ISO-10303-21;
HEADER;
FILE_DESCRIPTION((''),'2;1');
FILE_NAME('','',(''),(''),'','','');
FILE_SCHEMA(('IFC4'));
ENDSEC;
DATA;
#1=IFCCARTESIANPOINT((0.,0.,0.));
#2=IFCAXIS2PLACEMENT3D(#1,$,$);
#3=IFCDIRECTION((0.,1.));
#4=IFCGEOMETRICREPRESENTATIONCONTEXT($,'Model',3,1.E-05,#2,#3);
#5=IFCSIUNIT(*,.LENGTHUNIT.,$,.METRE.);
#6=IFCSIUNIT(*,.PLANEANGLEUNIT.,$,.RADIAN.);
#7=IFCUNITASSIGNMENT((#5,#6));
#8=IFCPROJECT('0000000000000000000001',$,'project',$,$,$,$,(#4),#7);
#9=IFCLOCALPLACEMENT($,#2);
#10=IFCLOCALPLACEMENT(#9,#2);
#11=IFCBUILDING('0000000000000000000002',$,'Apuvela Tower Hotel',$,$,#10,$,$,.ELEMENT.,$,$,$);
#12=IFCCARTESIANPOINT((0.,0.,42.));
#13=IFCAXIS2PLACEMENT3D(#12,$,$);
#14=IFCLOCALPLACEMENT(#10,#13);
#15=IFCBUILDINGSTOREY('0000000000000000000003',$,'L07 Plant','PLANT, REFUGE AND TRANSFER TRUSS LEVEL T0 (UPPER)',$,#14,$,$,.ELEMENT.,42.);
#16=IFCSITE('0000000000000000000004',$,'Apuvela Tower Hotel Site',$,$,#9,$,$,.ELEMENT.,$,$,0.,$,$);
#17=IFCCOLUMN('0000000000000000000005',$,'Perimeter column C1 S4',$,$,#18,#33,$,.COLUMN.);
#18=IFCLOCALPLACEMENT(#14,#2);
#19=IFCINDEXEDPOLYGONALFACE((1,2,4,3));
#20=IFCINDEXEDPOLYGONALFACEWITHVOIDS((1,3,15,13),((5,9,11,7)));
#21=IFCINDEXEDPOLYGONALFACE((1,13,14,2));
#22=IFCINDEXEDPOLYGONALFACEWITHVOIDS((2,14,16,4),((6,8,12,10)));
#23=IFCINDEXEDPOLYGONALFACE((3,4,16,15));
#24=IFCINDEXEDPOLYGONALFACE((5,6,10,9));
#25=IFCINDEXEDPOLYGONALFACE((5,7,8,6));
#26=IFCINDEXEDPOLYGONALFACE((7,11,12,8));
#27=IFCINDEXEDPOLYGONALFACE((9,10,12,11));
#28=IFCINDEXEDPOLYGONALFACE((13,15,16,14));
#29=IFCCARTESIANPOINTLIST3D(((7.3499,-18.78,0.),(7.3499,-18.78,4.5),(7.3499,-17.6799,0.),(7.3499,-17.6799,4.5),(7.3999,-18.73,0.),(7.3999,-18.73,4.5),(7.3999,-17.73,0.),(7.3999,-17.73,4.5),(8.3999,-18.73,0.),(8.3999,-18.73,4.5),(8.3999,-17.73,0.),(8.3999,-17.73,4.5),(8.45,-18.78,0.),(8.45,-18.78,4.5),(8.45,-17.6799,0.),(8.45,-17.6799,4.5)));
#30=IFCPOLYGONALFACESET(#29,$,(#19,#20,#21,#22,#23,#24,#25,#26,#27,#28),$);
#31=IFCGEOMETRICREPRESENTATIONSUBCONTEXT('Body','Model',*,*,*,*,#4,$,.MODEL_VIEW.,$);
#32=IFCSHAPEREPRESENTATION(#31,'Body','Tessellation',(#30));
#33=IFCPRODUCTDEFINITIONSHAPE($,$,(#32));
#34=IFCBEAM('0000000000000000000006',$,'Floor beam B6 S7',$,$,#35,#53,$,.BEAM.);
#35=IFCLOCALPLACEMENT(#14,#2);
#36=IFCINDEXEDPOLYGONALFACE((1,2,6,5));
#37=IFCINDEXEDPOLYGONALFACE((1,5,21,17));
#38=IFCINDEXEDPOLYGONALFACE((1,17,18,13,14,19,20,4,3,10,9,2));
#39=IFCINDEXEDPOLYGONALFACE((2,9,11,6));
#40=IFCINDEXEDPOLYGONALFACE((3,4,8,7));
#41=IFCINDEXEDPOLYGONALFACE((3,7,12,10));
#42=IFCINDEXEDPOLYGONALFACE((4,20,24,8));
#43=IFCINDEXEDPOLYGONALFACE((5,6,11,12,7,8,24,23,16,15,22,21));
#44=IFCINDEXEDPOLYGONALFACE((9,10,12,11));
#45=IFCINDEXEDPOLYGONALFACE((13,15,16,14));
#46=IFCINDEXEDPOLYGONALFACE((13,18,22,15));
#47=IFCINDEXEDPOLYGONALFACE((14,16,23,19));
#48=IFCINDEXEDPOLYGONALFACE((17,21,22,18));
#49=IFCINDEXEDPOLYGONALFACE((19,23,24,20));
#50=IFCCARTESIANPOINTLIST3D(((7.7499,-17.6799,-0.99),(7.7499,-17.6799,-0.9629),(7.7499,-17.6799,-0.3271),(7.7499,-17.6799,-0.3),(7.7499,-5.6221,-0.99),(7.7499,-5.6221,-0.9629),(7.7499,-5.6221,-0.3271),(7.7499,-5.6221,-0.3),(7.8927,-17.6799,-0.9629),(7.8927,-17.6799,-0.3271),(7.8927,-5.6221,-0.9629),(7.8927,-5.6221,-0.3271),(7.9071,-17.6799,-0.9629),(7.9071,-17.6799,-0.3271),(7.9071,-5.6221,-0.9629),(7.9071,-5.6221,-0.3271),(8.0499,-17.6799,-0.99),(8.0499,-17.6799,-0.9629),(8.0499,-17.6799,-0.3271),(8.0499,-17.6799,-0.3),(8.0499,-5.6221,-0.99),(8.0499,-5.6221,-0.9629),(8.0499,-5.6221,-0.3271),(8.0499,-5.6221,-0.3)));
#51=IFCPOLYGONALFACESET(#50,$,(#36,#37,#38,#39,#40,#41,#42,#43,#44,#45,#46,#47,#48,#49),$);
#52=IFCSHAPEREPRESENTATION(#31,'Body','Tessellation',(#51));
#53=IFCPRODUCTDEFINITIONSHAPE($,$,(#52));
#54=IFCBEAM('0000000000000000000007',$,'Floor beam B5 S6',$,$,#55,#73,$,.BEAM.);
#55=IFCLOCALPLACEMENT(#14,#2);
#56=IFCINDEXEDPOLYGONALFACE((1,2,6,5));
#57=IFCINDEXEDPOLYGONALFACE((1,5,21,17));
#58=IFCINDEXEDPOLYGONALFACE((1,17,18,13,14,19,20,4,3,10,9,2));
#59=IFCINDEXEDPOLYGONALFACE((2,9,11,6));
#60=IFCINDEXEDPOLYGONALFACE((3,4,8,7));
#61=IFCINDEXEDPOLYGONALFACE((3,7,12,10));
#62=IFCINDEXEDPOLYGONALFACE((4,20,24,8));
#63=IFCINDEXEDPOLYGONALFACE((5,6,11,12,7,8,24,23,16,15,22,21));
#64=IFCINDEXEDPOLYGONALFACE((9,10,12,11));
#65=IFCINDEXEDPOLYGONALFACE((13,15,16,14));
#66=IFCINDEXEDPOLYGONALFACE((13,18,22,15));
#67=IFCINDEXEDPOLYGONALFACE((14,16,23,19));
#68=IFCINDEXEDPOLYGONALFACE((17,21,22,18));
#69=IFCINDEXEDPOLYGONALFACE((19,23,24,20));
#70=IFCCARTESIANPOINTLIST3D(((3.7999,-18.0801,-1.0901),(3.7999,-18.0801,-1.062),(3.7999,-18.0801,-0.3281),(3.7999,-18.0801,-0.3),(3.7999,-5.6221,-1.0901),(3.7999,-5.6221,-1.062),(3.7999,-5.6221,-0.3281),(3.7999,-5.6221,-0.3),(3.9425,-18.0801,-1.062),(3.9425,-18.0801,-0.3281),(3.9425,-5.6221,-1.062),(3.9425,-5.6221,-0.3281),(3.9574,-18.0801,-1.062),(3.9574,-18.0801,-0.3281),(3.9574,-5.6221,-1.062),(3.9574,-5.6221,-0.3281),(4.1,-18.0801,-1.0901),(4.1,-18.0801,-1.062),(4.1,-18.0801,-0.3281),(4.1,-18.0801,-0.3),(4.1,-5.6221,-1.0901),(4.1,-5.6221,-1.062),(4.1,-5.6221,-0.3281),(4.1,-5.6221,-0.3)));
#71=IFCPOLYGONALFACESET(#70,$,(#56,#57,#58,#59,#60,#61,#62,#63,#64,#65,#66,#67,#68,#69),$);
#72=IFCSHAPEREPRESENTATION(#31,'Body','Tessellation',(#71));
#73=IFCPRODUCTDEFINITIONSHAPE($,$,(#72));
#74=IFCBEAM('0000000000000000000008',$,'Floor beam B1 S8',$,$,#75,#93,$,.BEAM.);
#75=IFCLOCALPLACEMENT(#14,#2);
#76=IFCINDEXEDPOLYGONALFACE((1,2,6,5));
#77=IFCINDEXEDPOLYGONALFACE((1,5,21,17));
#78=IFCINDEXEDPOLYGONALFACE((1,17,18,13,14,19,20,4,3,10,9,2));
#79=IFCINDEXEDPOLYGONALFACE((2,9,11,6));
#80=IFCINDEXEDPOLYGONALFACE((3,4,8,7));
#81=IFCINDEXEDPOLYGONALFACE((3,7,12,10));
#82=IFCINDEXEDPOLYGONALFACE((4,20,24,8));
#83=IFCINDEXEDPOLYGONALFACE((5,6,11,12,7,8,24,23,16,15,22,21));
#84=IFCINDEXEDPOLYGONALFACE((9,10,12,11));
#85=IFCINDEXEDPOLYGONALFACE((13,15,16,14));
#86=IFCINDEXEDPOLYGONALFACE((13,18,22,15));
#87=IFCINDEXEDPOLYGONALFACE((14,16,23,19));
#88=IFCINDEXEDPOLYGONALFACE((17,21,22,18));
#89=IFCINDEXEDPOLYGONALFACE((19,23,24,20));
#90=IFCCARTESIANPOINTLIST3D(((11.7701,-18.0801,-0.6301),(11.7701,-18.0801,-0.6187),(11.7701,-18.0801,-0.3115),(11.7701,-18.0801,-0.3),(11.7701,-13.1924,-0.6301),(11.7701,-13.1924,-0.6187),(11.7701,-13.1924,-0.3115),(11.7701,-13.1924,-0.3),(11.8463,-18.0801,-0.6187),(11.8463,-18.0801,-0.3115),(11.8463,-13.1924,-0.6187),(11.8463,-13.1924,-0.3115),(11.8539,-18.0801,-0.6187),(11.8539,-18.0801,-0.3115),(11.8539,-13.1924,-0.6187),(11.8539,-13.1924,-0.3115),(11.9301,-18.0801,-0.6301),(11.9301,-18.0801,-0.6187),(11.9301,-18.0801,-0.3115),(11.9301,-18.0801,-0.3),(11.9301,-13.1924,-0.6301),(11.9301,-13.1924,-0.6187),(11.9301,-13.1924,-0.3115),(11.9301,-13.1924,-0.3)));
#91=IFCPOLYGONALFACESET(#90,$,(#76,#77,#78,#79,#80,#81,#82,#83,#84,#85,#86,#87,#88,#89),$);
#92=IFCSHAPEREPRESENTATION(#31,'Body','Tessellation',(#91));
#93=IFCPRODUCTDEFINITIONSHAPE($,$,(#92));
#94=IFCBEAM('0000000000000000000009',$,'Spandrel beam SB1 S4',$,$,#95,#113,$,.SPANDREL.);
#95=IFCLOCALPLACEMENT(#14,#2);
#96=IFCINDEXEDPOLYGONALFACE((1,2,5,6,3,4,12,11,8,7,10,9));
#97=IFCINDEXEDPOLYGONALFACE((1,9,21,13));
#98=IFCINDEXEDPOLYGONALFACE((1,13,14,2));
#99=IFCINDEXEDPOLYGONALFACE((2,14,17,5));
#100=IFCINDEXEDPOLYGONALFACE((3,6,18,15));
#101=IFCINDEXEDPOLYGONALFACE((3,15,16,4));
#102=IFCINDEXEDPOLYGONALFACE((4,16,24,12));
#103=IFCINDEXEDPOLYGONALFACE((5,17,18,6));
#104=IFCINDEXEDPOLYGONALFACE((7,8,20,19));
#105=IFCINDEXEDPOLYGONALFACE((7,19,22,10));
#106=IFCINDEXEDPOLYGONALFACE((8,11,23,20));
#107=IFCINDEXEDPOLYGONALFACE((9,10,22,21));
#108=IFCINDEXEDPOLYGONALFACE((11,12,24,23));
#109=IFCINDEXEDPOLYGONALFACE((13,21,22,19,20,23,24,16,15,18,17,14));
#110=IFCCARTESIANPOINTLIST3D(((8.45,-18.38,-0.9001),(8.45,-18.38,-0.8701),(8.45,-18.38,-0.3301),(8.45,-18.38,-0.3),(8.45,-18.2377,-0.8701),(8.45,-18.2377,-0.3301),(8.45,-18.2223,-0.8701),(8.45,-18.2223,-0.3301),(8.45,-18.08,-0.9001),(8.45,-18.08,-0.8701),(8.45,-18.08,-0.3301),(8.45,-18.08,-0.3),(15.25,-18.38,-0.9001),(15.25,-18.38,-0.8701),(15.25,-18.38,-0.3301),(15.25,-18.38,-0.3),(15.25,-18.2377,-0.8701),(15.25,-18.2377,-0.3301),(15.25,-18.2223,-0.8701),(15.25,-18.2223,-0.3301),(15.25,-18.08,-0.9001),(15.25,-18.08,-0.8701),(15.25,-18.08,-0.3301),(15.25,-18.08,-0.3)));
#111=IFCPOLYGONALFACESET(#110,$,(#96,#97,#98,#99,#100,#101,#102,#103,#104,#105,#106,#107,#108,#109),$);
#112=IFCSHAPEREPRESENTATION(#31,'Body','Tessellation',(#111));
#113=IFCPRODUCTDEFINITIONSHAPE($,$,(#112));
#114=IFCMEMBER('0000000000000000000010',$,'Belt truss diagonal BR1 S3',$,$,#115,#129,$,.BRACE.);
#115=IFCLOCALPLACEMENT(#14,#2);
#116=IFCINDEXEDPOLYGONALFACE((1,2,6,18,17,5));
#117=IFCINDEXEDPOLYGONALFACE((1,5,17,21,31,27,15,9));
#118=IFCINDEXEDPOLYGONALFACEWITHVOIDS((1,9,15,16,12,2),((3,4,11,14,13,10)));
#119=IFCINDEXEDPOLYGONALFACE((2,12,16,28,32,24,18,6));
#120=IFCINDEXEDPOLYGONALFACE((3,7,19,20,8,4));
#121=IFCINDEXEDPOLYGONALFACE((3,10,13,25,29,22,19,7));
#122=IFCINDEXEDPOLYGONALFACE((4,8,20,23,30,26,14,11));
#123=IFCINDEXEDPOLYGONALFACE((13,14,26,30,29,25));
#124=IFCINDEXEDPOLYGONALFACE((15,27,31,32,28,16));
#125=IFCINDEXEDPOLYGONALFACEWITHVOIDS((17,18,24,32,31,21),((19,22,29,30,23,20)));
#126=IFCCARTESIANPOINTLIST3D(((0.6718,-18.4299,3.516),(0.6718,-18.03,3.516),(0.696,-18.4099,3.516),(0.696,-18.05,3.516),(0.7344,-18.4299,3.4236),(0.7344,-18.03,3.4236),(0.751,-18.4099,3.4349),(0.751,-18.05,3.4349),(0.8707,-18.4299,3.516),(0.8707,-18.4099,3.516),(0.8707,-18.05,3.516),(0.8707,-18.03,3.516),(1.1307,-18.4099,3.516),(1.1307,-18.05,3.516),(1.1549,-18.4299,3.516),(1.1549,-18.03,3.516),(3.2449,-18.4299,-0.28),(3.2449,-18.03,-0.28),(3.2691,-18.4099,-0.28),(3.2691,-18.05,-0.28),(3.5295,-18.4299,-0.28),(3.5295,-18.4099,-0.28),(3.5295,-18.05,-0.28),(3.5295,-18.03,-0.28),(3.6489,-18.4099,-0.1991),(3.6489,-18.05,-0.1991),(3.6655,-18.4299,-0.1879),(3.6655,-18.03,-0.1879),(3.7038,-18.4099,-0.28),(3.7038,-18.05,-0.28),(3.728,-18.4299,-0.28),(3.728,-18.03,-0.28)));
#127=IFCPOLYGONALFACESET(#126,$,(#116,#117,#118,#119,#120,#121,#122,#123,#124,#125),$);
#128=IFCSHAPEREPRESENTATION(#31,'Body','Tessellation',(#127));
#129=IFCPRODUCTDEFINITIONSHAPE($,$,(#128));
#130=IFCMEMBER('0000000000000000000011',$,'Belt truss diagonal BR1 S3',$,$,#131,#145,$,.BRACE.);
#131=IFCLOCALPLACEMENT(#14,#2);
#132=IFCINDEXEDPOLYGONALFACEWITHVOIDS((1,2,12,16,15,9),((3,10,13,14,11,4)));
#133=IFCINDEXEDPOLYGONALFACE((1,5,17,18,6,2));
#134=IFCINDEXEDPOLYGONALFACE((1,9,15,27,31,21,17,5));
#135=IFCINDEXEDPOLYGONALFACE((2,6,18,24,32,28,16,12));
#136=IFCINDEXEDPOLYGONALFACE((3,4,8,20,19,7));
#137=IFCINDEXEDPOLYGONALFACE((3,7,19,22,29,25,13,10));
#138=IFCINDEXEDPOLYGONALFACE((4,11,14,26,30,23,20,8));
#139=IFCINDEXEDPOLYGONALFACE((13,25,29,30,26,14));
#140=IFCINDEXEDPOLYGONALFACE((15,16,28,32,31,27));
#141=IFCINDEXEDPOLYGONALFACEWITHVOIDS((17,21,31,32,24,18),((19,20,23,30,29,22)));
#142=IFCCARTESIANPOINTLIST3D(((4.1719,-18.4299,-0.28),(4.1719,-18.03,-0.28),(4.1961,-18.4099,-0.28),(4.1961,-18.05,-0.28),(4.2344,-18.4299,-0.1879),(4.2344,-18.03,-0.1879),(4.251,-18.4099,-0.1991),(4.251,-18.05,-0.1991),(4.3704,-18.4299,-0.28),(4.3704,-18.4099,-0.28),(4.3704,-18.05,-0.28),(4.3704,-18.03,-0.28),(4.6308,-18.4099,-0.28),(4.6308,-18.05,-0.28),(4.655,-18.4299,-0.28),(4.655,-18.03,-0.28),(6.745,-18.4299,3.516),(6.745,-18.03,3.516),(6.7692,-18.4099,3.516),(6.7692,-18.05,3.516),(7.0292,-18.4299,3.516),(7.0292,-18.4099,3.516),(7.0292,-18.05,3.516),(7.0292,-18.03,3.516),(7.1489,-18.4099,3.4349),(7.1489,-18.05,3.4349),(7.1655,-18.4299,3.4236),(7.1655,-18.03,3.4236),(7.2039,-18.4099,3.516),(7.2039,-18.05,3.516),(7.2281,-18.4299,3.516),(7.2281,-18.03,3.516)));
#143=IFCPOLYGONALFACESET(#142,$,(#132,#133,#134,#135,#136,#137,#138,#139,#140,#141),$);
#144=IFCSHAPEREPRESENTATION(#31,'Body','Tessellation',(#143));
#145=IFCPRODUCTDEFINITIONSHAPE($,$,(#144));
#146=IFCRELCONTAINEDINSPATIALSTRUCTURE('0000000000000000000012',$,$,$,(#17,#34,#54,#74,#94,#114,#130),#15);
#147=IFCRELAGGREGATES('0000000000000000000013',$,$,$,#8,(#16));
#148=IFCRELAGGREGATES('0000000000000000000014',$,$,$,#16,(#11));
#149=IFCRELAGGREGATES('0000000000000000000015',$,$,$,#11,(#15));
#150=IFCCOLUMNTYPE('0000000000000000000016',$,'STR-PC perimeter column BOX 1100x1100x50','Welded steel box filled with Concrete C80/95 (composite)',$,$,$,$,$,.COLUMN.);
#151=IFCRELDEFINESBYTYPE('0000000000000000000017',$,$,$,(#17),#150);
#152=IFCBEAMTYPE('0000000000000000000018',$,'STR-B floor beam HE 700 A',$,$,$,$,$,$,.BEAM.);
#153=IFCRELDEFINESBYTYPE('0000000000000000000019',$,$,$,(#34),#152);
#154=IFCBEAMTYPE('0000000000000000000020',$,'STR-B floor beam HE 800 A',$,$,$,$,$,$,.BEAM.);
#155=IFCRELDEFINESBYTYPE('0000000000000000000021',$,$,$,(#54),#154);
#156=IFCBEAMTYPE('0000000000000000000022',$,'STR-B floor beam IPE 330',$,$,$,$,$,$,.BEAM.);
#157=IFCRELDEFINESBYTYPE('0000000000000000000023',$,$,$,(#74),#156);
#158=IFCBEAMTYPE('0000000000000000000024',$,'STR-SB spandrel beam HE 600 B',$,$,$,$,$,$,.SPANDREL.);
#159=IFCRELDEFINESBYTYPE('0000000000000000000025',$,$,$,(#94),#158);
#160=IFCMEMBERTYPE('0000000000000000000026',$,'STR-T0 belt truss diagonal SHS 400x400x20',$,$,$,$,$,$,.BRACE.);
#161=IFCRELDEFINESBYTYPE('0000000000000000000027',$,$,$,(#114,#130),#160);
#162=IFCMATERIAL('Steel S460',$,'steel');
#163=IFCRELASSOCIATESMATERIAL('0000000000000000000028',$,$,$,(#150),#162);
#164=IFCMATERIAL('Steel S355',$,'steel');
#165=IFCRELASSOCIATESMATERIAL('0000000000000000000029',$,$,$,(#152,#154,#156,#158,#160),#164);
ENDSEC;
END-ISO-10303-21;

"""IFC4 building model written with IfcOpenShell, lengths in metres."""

from ifc_helpers import new_model, si_unit, direction, frame, origin, origin_2d, place, context, subcontext, project, spatial, rectangle, hollow_rectangle, i_section, extrude, boolean, halfspace, material, material_profile, profile_set, type_object, element, save


model = new_model("IFC4")

# Units and contexts
model_context = context("Model", 3, precision=1e-05, world=origin(), true_north=direction((0.0, 1.0)))
body_context = subcontext(model_context, "Body", "Model", "MODEL_VIEW")
ifc_project = project(units=[si_unit("LENGTHUNIT", "METRE"), si_unit("PLANEANGLEUNIT", "RADIAN")], contexts=[model_context])

# Site, building, storey
site_placement = place(None, origin())
site = spatial("IfcSite", under=ifc_project, at=site_placement, Name="Apuvela Tower Hotel Site", CompositionType="ELEMENT", RefElevation=0.0)
building_placement = place(site_placement, origin())
building = spatial("IfcBuilding", under=site, at=building_placement, Name="Apuvela Tower Hotel", CompositionType="ELEMENT")
storey_placement = place(building_placement, frame((0.0, 0.0, 42.0)))
storey = spatial("IfcBuildingStorey", under=building, at=storey_placement, Name="L07 Plant", Description="PLANT, REFUGE AND TRANSFER TRUSS LEVEL T0 (UPPER)", CompositionType="ELEMENT", Elevation=42.0)

# Column
ifc_material_1 = material(Name="Steel S460", Category="steel")
ifc_material_profile_1 = material_profile(ifc_material_1, hollow_rectangle(XDim=1.1001, YDim=1.1001, WallThickness=0.05, at=origin_2d()), Name="BOX 1100x1100x50")
ifc_material_2 = material(Name="Concrete C80/95", Category="concrete")
ifc_material_profile_2 = material_profile(ifc_material_2, rectangle(XDim=1.0, YDim=1.0, at=origin_2d()), Name="Concrete C80/95 infill")
ifc_profile_set_1 = profile_set([ifc_material_profile_1, ifc_material_profile_2], Name="Steel S460")
column_type = type_object("IfcColumnType", Name="STR-PC perimeter column BOX 1100x1100x50", Description="Welded steel box filled with Concrete C80/95 (composite)", PredefinedType="COLUMN", material=ifc_profile_set_1)
column_placement = place(storey_placement, frame((7.8999, -18.23, 0.0), z_axis=(0.0, 0.0, 1.0), x_axis=(-1.0, 0.0, 0.0)))
element("IfcColumn", 1, at=column_placement, inside=storey, type_object=column_type, Name="Perimeter column C1 S4", PredefinedType="COLUMN", context=body_context, shape_type="SweptSolid", body=[
    extrude(hollow_rectangle(XDim=1.1001, YDim=1.1001, WallThickness=0.05, at=origin_2d()), origin(), (0.0, 0.0, 1.0), 4.5),
])

# Beams
ifc_material_3 = material(Name="Steel S355", Category="steel")
ifc_material_profile_3 = material_profile(ifc_material_3, i_section(OverallWidth=0.3, OverallDepth=0.6899, WebThickness=0.0144, FlangeThickness=0.0271, at=origin_2d()), Name="HE 700 A")
ifc_profile_set_2 = profile_set([ifc_material_profile_3], Name="Steel S355")
beam_type_1 = type_object("IfcBeamType", Name="STR-B floor beam HE 700 A", PredefinedType="BEAM", material=ifc_profile_set_2)
beam_1_placement = place(storey_placement, frame((7.8999, -17.6799, -0.645), z_axis=(0.0, 1.0, 0.0), x_axis=(-1.0, 0.0, 0.0)))
element("IfcBeam", 2, at=beam_1_placement, inside=storey, type_object=beam_type_1, Name="Floor beam B6 S7", PredefinedType="BEAM", context=body_context, shape_type="SweptSolid", body=[
    extrude(i_section(OverallWidth=0.3, OverallDepth=0.6899, WebThickness=0.0144, FlangeThickness=0.0271, at=origin_2d()), origin(), (0.0, 0.0, 1.0), 12.0579),
])
ifc_material_profile_4 = material_profile(ifc_material_3, i_section(OverallWidth=0.3, OverallDepth=0.79, WebThickness=0.0149, FlangeThickness=0.0281, at=origin_2d()), Name="HE 800 A")
ifc_profile_set_3 = profile_set([ifc_material_profile_4], Name="Steel S355")
beam_type_2 = type_object("IfcBeamType", Name="STR-B floor beam HE 800 A", PredefinedType="BEAM", material=ifc_profile_set_3)
beam_2_placement = place(storey_placement, frame((3.95, -18.0801, -0.6951), z_axis=(0.0, 1.0, 0.0), x_axis=(-1.0, 0.0, 0.0)))
element("IfcBeam", 3, at=beam_2_placement, inside=storey, type_object=beam_type_2, Name="Floor beam B5 S6", PredefinedType="BEAM", context=body_context, shape_type="SweptSolid", body=[
    extrude(i_section(OverallWidth=0.3, OverallDepth=0.79, WebThickness=0.0149, FlangeThickness=0.0281, at=origin_2d()), origin(), (0.0, 0.0, 1.0), 12.458),
])
ifc_material_profile_5 = material_profile(ifc_material_3, i_section(OverallWidth=0.1599, OverallDepth=0.3301, WebThickness=0.0076, FlangeThickness=0.0115, at=origin_2d()), Name="IPE 330")
ifc_profile_set_4 = profile_set([ifc_material_profile_5], Name="Steel S355")
beam_type_3 = type_object("IfcBeamType", Name="STR-B floor beam IPE 330", PredefinedType="BEAM", material=ifc_profile_set_4)
beam_3_placement = place(storey_placement, frame((11.8501, -18.0801, -0.4651), z_axis=(0.0, 1.0, 0.0), x_axis=(-1.0, 0.0, 0.0)))
element("IfcBeam", 4, at=beam_3_placement, inside=storey, type_object=beam_type_3, Name="Floor beam B1 S8", PredefinedType="BEAM", context=body_context, shape_type="SweptSolid", body=[
    extrude(i_section(OverallWidth=0.1599, OverallDepth=0.3301, WebThickness=0.0076, FlangeThickness=0.0115, at=origin_2d()), origin(), (0.0, 0.0, 1.0), 4.8877),
])
ifc_material_profile_6 = material_profile(ifc_material_3, i_section(OverallWidth=0.3, OverallDepth=0.6001, WebThickness=0.0154, FlangeThickness=0.03, at=origin_2d()), Name="HE 600 B")
ifc_profile_set_5 = profile_set([ifc_material_profile_6], Name="Steel S355")
beam_type_4 = type_object("IfcBeamType", Name="STR-SB spandrel beam HE 600 B", PredefinedType="SPANDREL", material=ifc_profile_set_5)
beam_4_placement = place(storey_placement, frame((8.45, -18.23, -0.6001), z_axis=(1.0, 0.0, 0.0), x_axis=(0.0, 1.0, 0.0)))
element("IfcBeam", 5, at=beam_4_placement, inside=storey, type_object=beam_type_4, Name="Spandrel beam SB1 S4", PredefinedType="SPANDREL", context=body_context, shape_type="SweptSolid", body=[
    extrude(i_section(OverallWidth=0.3, OverallDepth=0.6001, WebThickness=0.0154, FlangeThickness=0.03, at=origin_2d()), origin(), (0.0, 0.0, 1.0), 6.8),
])

# Members
ifc_material_profile_7 = material_profile(ifc_material_3, hollow_rectangle(XDim=0.3999, YDim=0.3999, WallThickness=0.02, at=origin_2d()), Name="SHS 400x400x20")
ifc_profile_set_6 = profile_set([ifc_material_profile_7], Name="Steel S355")
member_type = type_object("IfcMemberType", Name="STR-T0 belt truss diagonal SHS 400x400x20", PredefinedType="BRACE", material=ifc_profile_set_6)
member_1_placement = place(storey_placement, frame((3.5, -18.23, -0.3), z_axis=(-0.561079, 0.0, 0.827762), x_axis=(0.827762, 0.0, 0.561079)))
solid_1 = boolean("DIFFERENCE", boolean("DIFFERENCE", extrude(hollow_rectangle(XDim=0.3999, YDim=0.3999, WallThickness=0.02, at=origin_2d()), frame((0.0, 0.0, -0.2556)), (0.0, 0.0, 1.0), 5.1453), halfspace(frame((0.0, 0.0, 0.0242), z_axis=(0.561079, 0.0, 0.827762), x_axis=(0.827762, 0.0, -0.561079)), True)), halfspace(frame((0.0, 0.0, 4.6101), z_axis=(0.561079, 0.0, 0.827762), x_axis=(0.827762, 0.0, -0.561079)), False))
element("IfcMember", 6, at=member_1_placement, inside=storey, type_object=member_type, Name="Belt truss diagonal BR1 S3", PredefinedType="BRACE", context=body_context, shape_type="SweptSolid", body=[
    boolean("UNION", boolean("DIFFERENCE", boolean("DIFFERENCE", extrude(hollow_rectangle(XDim=0.3999, YDim=0.3999, WallThickness=0.02, at=origin_2d()), origin(), (0.0, 0.0, 1.0), 4.634), halfspace(frame((0.0, 0.0, 0.0242), z_axis=(0.561079, 0.0, 0.827762), x_axis=(0.827762, 0.0, -0.561079)), True)), halfspace(frame((0.0, 0.0, 4.6101), z_axis=(0.561079, 0.0, 0.827762), x_axis=(0.827762, 0.0, -0.561079)), False)), solid_1),
])
member_2_placement = place(storey_placement, frame((4.3999, -18.23, -0.3), z_axis=(0.561079, 0.0, 0.827762), x_axis=(-0.827762, 0.0, 0.561079)))
solid_2 = boolean("DIFFERENCE", boolean("DIFFERENCE", extrude(hollow_rectangle(XDim=0.3999, YDim=0.3999, WallThickness=0.02, at=origin_2d()), frame((0.0, 0.0, -0.2556)), (0.0, 0.0, 1.0), 5.1453), halfspace(frame((0.0, 0.0, 0.0242), z_axis=(0.561079, 0.0, 0.827762), x_axis=(0.827762, 0.0, -0.561079)), True)), halfspace(frame((0.0, 0.0, 4.6101), z_axis=(0.561079, 0.0, 0.827762), x_axis=(0.827762, 0.0, -0.561079)), False))
element("IfcMember", 7, at=member_2_placement, inside=storey, type_object=member_type, Name="Belt truss diagonal BR1 S3", PredefinedType="BRACE", context=body_context, shape_type="SweptSolid", body=[
    boolean("UNION", boolean("DIFFERENCE", boolean("DIFFERENCE", extrude(hollow_rectangle(XDim=0.3999, YDim=0.3999, WallThickness=0.02, at=origin_2d()), origin(), (0.0, 0.0, 1.0), 4.634), halfspace(frame((0.0, 0.0, 0.0242), z_axis=(0.561079, 0.0, 0.827762), x_axis=(0.827762, 0.0, -0.561079)), True)), halfspace(frame((0.0, 0.0, 4.6101), z_axis=(0.561079, 0.0, 0.827762), x_axis=(0.827762, 0.0, -0.561079)), False)), solid_2),
])

save(model, "model.ifc")
